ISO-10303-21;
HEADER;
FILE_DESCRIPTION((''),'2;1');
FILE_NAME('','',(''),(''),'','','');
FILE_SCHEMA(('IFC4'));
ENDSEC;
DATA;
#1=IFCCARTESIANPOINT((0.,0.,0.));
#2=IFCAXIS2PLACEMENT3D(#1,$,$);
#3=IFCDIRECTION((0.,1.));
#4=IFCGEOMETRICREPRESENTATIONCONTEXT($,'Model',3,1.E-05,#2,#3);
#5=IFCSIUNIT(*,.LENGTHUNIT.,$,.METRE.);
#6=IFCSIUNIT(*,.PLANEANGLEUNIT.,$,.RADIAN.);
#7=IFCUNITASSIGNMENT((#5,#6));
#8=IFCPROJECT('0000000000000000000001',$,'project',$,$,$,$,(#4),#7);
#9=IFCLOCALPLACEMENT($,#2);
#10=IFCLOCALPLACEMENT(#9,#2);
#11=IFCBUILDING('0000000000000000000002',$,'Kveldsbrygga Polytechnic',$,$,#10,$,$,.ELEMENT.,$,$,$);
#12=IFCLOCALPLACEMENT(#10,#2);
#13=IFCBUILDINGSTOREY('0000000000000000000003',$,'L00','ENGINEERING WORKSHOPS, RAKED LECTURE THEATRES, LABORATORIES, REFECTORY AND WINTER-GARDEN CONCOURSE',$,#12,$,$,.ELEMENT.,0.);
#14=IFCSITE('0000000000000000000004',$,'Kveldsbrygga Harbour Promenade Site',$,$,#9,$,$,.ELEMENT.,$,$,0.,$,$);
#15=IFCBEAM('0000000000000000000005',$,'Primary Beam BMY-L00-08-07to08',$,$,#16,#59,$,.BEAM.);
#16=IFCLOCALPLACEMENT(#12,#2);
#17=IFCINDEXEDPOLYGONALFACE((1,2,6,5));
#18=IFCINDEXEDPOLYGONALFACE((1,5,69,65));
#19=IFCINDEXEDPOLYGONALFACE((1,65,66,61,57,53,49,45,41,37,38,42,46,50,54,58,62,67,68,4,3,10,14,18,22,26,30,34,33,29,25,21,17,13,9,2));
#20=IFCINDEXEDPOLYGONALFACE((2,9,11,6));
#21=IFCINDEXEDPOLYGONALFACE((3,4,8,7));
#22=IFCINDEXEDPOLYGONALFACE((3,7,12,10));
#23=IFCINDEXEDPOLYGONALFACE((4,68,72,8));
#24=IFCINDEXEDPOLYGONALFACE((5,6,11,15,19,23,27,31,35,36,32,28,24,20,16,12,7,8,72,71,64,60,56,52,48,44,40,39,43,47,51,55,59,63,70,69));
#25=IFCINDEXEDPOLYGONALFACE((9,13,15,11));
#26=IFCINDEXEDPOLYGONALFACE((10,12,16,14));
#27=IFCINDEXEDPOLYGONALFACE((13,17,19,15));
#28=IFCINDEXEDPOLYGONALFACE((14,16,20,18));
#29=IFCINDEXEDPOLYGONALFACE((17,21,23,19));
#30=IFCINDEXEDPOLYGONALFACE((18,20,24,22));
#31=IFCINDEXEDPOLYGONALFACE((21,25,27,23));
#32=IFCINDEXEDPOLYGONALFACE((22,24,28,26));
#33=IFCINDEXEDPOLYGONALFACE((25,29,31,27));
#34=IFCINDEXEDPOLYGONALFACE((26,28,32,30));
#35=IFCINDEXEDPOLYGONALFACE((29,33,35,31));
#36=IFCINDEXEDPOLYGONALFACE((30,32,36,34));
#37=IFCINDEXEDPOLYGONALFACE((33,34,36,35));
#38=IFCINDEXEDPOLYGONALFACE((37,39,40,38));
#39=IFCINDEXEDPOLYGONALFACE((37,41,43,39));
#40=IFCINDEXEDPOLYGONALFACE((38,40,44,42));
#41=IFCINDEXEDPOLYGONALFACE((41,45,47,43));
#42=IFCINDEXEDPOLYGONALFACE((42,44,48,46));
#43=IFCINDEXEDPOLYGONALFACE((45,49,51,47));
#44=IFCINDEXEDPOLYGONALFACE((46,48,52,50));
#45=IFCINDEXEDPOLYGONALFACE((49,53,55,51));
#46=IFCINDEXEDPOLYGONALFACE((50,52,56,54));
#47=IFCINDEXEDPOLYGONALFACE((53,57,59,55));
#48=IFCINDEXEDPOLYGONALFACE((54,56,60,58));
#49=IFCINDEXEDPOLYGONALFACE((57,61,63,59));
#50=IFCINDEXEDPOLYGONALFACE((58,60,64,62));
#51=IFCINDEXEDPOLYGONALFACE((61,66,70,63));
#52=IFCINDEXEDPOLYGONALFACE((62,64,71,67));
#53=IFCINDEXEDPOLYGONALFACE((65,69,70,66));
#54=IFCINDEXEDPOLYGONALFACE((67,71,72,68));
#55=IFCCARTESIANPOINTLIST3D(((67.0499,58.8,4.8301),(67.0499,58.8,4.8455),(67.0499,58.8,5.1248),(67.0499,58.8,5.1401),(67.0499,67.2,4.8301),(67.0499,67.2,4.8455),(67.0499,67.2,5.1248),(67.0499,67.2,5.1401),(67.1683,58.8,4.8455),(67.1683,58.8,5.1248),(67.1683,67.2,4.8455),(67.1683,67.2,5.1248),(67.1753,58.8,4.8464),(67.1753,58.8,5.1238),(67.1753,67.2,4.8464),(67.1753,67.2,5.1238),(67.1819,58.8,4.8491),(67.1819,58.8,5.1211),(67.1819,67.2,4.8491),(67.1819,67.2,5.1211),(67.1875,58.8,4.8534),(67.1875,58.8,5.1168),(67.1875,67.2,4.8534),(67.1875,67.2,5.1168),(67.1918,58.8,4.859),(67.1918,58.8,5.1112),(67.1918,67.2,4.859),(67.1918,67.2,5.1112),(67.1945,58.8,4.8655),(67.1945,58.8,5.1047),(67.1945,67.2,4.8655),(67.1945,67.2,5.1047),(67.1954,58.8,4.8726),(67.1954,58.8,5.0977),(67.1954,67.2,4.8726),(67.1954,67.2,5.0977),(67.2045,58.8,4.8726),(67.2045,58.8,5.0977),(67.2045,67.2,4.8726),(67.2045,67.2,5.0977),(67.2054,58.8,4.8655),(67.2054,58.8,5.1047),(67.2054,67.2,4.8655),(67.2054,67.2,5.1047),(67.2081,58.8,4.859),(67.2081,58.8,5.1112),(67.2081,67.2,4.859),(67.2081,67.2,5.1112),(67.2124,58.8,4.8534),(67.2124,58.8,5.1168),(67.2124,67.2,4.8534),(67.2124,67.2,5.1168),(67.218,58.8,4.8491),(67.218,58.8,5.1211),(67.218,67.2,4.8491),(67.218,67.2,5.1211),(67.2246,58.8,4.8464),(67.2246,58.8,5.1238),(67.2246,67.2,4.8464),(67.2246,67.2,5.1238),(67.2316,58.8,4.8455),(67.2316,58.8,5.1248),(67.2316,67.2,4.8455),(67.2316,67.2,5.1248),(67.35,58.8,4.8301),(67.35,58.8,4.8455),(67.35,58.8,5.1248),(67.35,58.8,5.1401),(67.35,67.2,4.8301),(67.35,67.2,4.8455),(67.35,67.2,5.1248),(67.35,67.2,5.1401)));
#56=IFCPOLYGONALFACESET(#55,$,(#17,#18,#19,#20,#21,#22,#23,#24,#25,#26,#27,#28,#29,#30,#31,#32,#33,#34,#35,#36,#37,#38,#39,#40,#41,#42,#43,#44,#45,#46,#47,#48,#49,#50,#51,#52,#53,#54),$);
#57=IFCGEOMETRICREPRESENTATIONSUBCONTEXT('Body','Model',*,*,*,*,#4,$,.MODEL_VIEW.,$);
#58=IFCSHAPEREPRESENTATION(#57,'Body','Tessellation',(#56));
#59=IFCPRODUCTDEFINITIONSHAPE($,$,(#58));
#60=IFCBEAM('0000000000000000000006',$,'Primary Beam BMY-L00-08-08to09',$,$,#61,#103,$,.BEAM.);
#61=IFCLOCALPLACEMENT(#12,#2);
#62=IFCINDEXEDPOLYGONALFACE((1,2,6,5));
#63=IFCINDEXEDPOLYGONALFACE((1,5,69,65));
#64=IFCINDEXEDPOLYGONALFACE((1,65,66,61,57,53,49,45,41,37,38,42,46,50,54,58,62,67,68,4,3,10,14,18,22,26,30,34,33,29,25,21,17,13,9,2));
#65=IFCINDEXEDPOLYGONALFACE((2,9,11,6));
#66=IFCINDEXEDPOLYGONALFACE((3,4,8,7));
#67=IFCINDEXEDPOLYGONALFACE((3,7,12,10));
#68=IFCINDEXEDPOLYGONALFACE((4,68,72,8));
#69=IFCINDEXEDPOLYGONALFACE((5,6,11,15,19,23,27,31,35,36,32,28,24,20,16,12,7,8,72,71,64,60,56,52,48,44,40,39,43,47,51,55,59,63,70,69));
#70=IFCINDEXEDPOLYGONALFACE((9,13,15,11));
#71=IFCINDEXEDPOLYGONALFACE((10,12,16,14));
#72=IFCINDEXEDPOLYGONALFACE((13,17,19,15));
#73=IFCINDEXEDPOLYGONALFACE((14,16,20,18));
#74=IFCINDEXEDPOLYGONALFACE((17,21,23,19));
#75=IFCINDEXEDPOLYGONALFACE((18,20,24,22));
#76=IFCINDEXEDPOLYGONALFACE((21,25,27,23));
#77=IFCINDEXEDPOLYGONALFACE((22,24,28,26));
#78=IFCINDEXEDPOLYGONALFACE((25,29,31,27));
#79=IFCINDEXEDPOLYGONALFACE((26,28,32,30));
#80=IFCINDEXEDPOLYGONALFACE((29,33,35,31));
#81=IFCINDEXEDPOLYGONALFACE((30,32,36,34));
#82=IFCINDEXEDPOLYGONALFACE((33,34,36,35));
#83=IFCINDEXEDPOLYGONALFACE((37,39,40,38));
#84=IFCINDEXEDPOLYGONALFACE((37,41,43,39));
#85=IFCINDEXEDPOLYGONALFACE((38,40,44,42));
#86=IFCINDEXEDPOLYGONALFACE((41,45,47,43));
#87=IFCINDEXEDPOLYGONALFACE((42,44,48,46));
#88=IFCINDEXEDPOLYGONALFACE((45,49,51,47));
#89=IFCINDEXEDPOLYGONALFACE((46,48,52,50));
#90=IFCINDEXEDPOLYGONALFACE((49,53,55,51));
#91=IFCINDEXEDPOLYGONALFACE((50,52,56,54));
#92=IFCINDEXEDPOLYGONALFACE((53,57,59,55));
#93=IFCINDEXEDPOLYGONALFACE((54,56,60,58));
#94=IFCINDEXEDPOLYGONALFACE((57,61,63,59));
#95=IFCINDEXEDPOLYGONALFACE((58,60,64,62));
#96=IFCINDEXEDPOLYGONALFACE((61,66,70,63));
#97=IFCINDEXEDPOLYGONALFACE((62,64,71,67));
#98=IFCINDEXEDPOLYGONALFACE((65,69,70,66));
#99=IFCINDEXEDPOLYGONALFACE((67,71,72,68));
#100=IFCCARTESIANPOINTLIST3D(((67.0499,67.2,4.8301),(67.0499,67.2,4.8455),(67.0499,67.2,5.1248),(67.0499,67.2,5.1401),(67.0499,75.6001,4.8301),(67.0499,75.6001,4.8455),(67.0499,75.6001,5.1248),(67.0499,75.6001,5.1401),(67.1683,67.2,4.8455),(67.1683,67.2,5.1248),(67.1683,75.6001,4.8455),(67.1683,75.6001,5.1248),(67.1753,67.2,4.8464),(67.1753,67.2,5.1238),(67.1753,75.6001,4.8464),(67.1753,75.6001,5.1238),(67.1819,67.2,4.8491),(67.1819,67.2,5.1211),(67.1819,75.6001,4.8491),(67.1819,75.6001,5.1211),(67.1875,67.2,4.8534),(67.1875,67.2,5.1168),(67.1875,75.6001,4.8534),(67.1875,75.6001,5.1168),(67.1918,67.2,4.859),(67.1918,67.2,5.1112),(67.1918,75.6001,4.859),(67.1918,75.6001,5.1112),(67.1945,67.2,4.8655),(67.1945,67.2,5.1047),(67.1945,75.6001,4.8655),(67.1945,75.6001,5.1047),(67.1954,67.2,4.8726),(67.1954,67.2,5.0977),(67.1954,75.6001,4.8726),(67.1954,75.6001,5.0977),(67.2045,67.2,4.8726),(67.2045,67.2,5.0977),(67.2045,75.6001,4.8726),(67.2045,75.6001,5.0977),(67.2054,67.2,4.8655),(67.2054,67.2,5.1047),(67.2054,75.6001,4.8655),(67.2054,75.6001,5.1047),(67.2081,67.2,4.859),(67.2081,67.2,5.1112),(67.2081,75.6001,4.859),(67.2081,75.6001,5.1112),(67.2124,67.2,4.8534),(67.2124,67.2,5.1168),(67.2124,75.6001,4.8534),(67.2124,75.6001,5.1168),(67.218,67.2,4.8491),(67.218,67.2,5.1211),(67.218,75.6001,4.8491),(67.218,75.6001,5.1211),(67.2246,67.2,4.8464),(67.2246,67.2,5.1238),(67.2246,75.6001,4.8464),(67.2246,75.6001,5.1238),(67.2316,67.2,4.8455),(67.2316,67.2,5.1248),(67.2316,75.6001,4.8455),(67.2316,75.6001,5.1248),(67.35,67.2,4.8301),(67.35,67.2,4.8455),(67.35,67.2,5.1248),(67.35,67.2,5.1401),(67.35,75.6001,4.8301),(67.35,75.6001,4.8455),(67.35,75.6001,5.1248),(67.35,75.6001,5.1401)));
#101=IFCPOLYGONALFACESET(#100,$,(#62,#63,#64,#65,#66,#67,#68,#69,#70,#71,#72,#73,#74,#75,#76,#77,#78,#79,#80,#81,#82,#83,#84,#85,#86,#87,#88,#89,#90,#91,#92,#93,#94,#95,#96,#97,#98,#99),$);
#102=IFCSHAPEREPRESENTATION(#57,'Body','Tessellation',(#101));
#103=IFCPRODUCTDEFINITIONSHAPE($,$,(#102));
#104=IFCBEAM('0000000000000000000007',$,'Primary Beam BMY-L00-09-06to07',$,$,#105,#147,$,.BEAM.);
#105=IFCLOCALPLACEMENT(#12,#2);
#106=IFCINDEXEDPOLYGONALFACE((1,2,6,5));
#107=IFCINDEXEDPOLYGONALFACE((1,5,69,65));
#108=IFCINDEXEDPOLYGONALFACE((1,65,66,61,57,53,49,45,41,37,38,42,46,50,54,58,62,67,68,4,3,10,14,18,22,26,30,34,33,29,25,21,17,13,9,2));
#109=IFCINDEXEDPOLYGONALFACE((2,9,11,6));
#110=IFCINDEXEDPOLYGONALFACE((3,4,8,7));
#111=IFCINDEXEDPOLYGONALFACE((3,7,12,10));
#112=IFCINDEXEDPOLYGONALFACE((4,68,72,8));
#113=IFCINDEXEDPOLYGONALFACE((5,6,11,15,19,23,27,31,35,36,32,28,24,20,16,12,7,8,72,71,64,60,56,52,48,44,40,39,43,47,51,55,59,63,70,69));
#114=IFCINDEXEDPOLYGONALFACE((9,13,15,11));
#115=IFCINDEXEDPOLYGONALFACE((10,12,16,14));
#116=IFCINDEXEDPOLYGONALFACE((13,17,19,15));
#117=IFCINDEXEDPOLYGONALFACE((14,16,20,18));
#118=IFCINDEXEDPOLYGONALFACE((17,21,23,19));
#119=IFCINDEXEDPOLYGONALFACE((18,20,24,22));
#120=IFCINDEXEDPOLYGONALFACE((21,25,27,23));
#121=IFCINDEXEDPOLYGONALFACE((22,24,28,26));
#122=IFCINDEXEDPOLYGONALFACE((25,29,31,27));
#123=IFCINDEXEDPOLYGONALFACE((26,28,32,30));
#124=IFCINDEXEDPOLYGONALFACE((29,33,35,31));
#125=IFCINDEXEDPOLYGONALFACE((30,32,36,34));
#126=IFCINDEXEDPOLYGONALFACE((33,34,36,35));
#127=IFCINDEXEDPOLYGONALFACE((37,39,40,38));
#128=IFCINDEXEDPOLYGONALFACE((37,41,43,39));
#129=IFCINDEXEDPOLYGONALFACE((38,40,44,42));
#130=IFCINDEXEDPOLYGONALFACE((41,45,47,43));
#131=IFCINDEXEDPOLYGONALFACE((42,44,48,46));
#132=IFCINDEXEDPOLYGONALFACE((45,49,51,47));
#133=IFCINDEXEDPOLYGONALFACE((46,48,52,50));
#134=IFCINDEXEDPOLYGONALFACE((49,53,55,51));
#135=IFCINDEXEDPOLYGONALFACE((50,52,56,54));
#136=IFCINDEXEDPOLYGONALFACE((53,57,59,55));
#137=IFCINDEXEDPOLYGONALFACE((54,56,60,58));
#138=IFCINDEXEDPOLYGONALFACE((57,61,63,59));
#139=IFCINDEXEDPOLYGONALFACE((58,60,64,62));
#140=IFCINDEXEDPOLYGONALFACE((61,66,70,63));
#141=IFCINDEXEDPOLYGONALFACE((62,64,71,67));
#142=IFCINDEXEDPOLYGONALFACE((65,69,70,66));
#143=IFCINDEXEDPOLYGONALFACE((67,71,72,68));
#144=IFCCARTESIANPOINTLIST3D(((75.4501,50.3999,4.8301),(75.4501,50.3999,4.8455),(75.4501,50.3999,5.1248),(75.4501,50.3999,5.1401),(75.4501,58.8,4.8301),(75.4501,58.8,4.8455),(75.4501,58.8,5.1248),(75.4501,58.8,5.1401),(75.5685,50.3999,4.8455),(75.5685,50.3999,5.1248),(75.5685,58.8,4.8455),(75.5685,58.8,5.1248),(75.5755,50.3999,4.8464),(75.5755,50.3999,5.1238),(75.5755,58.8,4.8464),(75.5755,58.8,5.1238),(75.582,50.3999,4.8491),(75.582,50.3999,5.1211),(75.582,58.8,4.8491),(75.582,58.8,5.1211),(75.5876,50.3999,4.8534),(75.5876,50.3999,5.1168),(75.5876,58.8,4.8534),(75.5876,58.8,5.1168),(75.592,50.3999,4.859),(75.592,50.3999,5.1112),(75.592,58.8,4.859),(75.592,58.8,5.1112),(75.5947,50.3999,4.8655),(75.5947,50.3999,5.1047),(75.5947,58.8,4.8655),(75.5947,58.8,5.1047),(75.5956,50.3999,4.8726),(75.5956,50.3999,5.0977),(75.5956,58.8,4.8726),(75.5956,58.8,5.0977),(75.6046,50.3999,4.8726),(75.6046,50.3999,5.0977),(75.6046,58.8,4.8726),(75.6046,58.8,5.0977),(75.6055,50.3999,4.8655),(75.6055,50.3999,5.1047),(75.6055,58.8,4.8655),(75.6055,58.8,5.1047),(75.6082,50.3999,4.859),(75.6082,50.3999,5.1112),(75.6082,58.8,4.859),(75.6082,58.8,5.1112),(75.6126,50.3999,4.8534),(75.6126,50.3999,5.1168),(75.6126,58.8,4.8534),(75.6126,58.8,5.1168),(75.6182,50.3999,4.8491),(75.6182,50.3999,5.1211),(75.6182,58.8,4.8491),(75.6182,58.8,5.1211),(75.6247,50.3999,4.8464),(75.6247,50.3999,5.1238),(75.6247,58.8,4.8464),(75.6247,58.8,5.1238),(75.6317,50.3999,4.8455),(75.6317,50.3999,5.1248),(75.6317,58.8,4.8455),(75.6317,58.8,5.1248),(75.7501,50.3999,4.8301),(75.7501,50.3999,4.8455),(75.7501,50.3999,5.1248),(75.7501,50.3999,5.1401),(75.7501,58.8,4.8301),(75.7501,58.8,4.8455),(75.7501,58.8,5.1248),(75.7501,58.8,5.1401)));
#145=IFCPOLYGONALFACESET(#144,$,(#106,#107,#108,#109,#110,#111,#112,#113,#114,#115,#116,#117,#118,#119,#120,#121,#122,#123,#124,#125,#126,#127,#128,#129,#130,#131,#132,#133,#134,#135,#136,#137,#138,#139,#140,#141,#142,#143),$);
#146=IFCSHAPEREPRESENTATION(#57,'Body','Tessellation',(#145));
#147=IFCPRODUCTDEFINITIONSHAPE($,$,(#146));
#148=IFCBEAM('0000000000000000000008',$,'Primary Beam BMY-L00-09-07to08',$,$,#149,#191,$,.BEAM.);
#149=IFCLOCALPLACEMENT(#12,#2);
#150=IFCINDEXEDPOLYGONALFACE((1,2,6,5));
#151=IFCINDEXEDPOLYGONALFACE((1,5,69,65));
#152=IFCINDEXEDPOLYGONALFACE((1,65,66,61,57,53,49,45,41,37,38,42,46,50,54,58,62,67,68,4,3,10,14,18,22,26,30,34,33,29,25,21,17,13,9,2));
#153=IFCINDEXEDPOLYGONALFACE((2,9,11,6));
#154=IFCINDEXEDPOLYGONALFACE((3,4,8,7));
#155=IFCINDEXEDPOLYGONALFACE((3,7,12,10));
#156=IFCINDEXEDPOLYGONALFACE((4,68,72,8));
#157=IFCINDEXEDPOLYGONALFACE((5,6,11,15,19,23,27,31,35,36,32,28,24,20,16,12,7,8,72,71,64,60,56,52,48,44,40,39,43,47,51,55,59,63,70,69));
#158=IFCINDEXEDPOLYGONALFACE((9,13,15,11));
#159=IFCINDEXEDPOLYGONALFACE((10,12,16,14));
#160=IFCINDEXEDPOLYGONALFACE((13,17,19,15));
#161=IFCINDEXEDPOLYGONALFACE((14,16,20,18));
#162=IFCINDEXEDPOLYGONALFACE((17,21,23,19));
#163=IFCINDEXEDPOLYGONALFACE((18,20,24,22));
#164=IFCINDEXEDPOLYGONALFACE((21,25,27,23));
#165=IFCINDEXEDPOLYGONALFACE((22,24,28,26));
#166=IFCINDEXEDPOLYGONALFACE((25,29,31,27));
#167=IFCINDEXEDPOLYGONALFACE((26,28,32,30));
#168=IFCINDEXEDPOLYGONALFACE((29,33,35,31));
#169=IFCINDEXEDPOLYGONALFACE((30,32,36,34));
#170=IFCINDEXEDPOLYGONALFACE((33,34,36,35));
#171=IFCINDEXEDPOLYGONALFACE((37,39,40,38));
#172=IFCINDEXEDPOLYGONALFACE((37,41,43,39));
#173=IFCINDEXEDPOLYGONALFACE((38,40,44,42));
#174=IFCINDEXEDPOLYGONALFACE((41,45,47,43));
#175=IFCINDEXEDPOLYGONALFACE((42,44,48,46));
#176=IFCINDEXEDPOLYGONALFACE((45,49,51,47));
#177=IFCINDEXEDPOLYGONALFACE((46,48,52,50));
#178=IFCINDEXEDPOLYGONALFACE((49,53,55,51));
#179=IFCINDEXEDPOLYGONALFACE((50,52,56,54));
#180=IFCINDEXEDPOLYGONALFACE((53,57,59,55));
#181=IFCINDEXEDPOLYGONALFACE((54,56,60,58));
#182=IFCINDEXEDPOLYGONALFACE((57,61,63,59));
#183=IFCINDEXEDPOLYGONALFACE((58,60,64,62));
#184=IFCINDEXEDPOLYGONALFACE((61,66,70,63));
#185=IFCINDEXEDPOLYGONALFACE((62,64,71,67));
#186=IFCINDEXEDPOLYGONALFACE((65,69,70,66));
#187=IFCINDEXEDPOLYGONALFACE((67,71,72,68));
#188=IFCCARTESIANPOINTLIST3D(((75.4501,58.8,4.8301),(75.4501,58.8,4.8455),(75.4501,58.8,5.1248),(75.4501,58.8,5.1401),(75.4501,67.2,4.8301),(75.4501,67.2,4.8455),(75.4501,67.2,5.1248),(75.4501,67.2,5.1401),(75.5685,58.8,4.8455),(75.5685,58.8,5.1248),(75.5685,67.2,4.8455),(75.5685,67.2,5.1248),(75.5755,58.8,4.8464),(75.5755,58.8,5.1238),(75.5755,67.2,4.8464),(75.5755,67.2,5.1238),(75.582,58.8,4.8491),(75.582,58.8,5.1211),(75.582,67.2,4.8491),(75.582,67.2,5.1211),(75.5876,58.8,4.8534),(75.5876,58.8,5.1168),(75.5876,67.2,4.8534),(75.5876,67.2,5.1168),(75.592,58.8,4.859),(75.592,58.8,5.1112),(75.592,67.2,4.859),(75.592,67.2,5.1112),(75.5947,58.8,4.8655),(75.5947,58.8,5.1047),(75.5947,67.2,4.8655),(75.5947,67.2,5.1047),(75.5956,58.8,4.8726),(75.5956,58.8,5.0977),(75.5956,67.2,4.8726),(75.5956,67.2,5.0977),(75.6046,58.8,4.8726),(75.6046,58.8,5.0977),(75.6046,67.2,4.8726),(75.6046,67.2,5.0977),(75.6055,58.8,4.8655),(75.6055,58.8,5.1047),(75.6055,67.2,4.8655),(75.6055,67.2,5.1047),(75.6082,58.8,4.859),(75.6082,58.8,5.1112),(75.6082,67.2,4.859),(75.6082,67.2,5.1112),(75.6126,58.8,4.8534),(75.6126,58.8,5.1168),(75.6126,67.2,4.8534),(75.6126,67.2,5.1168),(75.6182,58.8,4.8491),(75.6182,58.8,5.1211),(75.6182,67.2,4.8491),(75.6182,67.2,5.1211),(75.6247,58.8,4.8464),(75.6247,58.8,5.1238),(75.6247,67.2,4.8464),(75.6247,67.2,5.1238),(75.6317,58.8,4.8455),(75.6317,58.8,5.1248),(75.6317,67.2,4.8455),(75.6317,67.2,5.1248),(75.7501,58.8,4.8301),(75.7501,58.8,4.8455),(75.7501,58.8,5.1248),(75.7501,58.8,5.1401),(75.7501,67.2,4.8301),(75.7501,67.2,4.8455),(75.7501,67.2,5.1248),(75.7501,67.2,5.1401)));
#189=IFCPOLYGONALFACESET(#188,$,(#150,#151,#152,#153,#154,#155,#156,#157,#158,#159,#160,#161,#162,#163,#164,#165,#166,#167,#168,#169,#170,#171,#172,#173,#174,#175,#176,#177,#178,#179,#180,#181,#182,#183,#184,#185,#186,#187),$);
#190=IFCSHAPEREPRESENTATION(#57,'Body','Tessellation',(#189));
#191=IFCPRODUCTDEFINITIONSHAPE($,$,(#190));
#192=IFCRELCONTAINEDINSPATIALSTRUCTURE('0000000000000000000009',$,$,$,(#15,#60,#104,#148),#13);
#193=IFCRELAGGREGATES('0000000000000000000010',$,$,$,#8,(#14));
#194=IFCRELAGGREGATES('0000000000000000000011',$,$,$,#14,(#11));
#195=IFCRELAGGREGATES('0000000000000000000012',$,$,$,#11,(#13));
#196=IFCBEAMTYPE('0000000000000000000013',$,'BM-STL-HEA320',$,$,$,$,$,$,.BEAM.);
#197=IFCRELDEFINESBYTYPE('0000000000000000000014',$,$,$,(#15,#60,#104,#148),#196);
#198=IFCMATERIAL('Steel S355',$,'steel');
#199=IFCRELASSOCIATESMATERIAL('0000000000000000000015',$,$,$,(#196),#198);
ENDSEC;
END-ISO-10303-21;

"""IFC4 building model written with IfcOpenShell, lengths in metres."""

from ifc_helpers import new_model, si_unit, direction, frame, origin, origin_2d, place, context, subcontext, project, spatial, i_section, extrude, material, material_profile, profile_set, type_object, element, save


model = new_model("IFC4")

# Units and contexts
model_context = context("Model", 3, precision=1e-05, world=origin(), true_north=direction((0.0, 1.0)))
body_context = subcontext(model_context, "Body", "Model", "MODEL_VIEW")
ifc_project = project(units=[si_unit("LENGTHUNIT", "METRE"), si_unit("PLANEANGLEUNIT", "RADIAN")], contexts=[model_context])

# Site, building, storey
site_placement = place(None, origin())
site = spatial("IfcSite", under=ifc_project, at=site_placement, Name="Kveldsbrygga Harbour Promenade Site", CompositionType="ELEMENT", RefElevation=0.0)
building_placement = place(site_placement, origin())
building = spatial("IfcBuilding", under=site, at=building_placement, Name="Kveldsbrygga Polytechnic", CompositionType="ELEMENT")
storey_placement = place(building_placement, origin())
storey = spatial("IfcBuildingStorey", under=building, at=storey_placement, Name="L00", Description="ENGINEERING WORKSHOPS, RAKED LECTURE THEATRES, LABORATORIES, REFECTORY AND WINTER-GARDEN CONCOURSE", CompositionType="ELEMENT", Elevation=0.0)

# Shared definitions
ifc_material_1 = material(Name="Steel S355", Category="steel")

# Beams
ifc_material_profile_1 = material_profile(ifc_material_1, i_section(OverallWidth=0.3, OverallDepth=0.3101, WebThickness=0.009, FlangeThickness=0.0154, FilletRadius=0.0271, at=origin_2d()), Name="HEA 320")
ifc_profile_set_1 = profile_set([ifc_material_profile_1], Name="Steel S355")
beam_type_1 = type_object("IfcBeamType", Name="BM-STL-HEA320", PredefinedType="BEAM", material=ifc_profile_set_1)
beam_1_placement = place(storey_placement, frame((67.2, 58.8, 4.9851), z_axis=(0.0, 1.0, 0.0), x_axis=(-1.0, 0.0, 0.0)))
element("IfcBeam", 1, at=beam_1_placement, inside=storey, type_object=beam_type_1, Name="Primary Beam BMY-L00-08-07to08", PredefinedType="BEAM", context=body_context, shape_type="SweptSolid", body=[
    extrude(i_section(OverallWidth=0.3, OverallDepth=0.3101, WebThickness=0.009, FlangeThickness=0.0154, FilletRadius=0.0271, at=origin_2d()), origin(), (0.0, 0.0, 1.0), 8.3999),
])
for number, where, z_axis, x_axis, name in (
    (2, (67.2, 67.2, 4.9851), (0.0, 1.0, 0.0), (-1.0, 0.0, 0.0), "Primary Beam BMY-L00-08-08to09"),
    (3, (75.6001, 50.3999, 4.9851), (0.0, 1.0, 0.0), (-1.0, 0.0, 0.0), "Primary Beam BMY-L00-09-06to07"),
):
    element("IfcBeam", number, at=place(storey_placement, frame(where, z_axis=z_axis, x_axis=x_axis)), inside=storey, type_object=beam_type_1, Name=name, PredefinedType="BEAM", context=body_context, shape_type="SweptSolid", body=[
        extrude(i_section(OverallWidth=0.3, OverallDepth=0.3101, WebThickness=0.009, FlangeThickness=0.0154, FilletRadius=0.0271, at=origin_2d()), origin(), (0.0, 0.0, 1.0), 8.4001),
    ])
beam_2_placement = place(storey_placement, frame((75.6001, 58.8, 4.9851), z_axis=(0.0, 1.0, 0.0), x_axis=(-1.0, 0.0, 0.0)))
element("IfcBeam", 4, at=beam_2_placement, inside=storey, type_object=beam_type_1, Name="Primary Beam BMY-L00-09-07to08", PredefinedType="BEAM", context=body_context, shape_type="SweptSolid", body=[
    extrude(i_section(OverallWidth=0.3, OverallDepth=0.3101, WebThickness=0.009, FlangeThickness=0.0154, FilletRadius=0.0271, at=origin_2d()), origin(), (0.0, 0.0, 1.0), 8.3999),
])

save(model, "model.ifc")
